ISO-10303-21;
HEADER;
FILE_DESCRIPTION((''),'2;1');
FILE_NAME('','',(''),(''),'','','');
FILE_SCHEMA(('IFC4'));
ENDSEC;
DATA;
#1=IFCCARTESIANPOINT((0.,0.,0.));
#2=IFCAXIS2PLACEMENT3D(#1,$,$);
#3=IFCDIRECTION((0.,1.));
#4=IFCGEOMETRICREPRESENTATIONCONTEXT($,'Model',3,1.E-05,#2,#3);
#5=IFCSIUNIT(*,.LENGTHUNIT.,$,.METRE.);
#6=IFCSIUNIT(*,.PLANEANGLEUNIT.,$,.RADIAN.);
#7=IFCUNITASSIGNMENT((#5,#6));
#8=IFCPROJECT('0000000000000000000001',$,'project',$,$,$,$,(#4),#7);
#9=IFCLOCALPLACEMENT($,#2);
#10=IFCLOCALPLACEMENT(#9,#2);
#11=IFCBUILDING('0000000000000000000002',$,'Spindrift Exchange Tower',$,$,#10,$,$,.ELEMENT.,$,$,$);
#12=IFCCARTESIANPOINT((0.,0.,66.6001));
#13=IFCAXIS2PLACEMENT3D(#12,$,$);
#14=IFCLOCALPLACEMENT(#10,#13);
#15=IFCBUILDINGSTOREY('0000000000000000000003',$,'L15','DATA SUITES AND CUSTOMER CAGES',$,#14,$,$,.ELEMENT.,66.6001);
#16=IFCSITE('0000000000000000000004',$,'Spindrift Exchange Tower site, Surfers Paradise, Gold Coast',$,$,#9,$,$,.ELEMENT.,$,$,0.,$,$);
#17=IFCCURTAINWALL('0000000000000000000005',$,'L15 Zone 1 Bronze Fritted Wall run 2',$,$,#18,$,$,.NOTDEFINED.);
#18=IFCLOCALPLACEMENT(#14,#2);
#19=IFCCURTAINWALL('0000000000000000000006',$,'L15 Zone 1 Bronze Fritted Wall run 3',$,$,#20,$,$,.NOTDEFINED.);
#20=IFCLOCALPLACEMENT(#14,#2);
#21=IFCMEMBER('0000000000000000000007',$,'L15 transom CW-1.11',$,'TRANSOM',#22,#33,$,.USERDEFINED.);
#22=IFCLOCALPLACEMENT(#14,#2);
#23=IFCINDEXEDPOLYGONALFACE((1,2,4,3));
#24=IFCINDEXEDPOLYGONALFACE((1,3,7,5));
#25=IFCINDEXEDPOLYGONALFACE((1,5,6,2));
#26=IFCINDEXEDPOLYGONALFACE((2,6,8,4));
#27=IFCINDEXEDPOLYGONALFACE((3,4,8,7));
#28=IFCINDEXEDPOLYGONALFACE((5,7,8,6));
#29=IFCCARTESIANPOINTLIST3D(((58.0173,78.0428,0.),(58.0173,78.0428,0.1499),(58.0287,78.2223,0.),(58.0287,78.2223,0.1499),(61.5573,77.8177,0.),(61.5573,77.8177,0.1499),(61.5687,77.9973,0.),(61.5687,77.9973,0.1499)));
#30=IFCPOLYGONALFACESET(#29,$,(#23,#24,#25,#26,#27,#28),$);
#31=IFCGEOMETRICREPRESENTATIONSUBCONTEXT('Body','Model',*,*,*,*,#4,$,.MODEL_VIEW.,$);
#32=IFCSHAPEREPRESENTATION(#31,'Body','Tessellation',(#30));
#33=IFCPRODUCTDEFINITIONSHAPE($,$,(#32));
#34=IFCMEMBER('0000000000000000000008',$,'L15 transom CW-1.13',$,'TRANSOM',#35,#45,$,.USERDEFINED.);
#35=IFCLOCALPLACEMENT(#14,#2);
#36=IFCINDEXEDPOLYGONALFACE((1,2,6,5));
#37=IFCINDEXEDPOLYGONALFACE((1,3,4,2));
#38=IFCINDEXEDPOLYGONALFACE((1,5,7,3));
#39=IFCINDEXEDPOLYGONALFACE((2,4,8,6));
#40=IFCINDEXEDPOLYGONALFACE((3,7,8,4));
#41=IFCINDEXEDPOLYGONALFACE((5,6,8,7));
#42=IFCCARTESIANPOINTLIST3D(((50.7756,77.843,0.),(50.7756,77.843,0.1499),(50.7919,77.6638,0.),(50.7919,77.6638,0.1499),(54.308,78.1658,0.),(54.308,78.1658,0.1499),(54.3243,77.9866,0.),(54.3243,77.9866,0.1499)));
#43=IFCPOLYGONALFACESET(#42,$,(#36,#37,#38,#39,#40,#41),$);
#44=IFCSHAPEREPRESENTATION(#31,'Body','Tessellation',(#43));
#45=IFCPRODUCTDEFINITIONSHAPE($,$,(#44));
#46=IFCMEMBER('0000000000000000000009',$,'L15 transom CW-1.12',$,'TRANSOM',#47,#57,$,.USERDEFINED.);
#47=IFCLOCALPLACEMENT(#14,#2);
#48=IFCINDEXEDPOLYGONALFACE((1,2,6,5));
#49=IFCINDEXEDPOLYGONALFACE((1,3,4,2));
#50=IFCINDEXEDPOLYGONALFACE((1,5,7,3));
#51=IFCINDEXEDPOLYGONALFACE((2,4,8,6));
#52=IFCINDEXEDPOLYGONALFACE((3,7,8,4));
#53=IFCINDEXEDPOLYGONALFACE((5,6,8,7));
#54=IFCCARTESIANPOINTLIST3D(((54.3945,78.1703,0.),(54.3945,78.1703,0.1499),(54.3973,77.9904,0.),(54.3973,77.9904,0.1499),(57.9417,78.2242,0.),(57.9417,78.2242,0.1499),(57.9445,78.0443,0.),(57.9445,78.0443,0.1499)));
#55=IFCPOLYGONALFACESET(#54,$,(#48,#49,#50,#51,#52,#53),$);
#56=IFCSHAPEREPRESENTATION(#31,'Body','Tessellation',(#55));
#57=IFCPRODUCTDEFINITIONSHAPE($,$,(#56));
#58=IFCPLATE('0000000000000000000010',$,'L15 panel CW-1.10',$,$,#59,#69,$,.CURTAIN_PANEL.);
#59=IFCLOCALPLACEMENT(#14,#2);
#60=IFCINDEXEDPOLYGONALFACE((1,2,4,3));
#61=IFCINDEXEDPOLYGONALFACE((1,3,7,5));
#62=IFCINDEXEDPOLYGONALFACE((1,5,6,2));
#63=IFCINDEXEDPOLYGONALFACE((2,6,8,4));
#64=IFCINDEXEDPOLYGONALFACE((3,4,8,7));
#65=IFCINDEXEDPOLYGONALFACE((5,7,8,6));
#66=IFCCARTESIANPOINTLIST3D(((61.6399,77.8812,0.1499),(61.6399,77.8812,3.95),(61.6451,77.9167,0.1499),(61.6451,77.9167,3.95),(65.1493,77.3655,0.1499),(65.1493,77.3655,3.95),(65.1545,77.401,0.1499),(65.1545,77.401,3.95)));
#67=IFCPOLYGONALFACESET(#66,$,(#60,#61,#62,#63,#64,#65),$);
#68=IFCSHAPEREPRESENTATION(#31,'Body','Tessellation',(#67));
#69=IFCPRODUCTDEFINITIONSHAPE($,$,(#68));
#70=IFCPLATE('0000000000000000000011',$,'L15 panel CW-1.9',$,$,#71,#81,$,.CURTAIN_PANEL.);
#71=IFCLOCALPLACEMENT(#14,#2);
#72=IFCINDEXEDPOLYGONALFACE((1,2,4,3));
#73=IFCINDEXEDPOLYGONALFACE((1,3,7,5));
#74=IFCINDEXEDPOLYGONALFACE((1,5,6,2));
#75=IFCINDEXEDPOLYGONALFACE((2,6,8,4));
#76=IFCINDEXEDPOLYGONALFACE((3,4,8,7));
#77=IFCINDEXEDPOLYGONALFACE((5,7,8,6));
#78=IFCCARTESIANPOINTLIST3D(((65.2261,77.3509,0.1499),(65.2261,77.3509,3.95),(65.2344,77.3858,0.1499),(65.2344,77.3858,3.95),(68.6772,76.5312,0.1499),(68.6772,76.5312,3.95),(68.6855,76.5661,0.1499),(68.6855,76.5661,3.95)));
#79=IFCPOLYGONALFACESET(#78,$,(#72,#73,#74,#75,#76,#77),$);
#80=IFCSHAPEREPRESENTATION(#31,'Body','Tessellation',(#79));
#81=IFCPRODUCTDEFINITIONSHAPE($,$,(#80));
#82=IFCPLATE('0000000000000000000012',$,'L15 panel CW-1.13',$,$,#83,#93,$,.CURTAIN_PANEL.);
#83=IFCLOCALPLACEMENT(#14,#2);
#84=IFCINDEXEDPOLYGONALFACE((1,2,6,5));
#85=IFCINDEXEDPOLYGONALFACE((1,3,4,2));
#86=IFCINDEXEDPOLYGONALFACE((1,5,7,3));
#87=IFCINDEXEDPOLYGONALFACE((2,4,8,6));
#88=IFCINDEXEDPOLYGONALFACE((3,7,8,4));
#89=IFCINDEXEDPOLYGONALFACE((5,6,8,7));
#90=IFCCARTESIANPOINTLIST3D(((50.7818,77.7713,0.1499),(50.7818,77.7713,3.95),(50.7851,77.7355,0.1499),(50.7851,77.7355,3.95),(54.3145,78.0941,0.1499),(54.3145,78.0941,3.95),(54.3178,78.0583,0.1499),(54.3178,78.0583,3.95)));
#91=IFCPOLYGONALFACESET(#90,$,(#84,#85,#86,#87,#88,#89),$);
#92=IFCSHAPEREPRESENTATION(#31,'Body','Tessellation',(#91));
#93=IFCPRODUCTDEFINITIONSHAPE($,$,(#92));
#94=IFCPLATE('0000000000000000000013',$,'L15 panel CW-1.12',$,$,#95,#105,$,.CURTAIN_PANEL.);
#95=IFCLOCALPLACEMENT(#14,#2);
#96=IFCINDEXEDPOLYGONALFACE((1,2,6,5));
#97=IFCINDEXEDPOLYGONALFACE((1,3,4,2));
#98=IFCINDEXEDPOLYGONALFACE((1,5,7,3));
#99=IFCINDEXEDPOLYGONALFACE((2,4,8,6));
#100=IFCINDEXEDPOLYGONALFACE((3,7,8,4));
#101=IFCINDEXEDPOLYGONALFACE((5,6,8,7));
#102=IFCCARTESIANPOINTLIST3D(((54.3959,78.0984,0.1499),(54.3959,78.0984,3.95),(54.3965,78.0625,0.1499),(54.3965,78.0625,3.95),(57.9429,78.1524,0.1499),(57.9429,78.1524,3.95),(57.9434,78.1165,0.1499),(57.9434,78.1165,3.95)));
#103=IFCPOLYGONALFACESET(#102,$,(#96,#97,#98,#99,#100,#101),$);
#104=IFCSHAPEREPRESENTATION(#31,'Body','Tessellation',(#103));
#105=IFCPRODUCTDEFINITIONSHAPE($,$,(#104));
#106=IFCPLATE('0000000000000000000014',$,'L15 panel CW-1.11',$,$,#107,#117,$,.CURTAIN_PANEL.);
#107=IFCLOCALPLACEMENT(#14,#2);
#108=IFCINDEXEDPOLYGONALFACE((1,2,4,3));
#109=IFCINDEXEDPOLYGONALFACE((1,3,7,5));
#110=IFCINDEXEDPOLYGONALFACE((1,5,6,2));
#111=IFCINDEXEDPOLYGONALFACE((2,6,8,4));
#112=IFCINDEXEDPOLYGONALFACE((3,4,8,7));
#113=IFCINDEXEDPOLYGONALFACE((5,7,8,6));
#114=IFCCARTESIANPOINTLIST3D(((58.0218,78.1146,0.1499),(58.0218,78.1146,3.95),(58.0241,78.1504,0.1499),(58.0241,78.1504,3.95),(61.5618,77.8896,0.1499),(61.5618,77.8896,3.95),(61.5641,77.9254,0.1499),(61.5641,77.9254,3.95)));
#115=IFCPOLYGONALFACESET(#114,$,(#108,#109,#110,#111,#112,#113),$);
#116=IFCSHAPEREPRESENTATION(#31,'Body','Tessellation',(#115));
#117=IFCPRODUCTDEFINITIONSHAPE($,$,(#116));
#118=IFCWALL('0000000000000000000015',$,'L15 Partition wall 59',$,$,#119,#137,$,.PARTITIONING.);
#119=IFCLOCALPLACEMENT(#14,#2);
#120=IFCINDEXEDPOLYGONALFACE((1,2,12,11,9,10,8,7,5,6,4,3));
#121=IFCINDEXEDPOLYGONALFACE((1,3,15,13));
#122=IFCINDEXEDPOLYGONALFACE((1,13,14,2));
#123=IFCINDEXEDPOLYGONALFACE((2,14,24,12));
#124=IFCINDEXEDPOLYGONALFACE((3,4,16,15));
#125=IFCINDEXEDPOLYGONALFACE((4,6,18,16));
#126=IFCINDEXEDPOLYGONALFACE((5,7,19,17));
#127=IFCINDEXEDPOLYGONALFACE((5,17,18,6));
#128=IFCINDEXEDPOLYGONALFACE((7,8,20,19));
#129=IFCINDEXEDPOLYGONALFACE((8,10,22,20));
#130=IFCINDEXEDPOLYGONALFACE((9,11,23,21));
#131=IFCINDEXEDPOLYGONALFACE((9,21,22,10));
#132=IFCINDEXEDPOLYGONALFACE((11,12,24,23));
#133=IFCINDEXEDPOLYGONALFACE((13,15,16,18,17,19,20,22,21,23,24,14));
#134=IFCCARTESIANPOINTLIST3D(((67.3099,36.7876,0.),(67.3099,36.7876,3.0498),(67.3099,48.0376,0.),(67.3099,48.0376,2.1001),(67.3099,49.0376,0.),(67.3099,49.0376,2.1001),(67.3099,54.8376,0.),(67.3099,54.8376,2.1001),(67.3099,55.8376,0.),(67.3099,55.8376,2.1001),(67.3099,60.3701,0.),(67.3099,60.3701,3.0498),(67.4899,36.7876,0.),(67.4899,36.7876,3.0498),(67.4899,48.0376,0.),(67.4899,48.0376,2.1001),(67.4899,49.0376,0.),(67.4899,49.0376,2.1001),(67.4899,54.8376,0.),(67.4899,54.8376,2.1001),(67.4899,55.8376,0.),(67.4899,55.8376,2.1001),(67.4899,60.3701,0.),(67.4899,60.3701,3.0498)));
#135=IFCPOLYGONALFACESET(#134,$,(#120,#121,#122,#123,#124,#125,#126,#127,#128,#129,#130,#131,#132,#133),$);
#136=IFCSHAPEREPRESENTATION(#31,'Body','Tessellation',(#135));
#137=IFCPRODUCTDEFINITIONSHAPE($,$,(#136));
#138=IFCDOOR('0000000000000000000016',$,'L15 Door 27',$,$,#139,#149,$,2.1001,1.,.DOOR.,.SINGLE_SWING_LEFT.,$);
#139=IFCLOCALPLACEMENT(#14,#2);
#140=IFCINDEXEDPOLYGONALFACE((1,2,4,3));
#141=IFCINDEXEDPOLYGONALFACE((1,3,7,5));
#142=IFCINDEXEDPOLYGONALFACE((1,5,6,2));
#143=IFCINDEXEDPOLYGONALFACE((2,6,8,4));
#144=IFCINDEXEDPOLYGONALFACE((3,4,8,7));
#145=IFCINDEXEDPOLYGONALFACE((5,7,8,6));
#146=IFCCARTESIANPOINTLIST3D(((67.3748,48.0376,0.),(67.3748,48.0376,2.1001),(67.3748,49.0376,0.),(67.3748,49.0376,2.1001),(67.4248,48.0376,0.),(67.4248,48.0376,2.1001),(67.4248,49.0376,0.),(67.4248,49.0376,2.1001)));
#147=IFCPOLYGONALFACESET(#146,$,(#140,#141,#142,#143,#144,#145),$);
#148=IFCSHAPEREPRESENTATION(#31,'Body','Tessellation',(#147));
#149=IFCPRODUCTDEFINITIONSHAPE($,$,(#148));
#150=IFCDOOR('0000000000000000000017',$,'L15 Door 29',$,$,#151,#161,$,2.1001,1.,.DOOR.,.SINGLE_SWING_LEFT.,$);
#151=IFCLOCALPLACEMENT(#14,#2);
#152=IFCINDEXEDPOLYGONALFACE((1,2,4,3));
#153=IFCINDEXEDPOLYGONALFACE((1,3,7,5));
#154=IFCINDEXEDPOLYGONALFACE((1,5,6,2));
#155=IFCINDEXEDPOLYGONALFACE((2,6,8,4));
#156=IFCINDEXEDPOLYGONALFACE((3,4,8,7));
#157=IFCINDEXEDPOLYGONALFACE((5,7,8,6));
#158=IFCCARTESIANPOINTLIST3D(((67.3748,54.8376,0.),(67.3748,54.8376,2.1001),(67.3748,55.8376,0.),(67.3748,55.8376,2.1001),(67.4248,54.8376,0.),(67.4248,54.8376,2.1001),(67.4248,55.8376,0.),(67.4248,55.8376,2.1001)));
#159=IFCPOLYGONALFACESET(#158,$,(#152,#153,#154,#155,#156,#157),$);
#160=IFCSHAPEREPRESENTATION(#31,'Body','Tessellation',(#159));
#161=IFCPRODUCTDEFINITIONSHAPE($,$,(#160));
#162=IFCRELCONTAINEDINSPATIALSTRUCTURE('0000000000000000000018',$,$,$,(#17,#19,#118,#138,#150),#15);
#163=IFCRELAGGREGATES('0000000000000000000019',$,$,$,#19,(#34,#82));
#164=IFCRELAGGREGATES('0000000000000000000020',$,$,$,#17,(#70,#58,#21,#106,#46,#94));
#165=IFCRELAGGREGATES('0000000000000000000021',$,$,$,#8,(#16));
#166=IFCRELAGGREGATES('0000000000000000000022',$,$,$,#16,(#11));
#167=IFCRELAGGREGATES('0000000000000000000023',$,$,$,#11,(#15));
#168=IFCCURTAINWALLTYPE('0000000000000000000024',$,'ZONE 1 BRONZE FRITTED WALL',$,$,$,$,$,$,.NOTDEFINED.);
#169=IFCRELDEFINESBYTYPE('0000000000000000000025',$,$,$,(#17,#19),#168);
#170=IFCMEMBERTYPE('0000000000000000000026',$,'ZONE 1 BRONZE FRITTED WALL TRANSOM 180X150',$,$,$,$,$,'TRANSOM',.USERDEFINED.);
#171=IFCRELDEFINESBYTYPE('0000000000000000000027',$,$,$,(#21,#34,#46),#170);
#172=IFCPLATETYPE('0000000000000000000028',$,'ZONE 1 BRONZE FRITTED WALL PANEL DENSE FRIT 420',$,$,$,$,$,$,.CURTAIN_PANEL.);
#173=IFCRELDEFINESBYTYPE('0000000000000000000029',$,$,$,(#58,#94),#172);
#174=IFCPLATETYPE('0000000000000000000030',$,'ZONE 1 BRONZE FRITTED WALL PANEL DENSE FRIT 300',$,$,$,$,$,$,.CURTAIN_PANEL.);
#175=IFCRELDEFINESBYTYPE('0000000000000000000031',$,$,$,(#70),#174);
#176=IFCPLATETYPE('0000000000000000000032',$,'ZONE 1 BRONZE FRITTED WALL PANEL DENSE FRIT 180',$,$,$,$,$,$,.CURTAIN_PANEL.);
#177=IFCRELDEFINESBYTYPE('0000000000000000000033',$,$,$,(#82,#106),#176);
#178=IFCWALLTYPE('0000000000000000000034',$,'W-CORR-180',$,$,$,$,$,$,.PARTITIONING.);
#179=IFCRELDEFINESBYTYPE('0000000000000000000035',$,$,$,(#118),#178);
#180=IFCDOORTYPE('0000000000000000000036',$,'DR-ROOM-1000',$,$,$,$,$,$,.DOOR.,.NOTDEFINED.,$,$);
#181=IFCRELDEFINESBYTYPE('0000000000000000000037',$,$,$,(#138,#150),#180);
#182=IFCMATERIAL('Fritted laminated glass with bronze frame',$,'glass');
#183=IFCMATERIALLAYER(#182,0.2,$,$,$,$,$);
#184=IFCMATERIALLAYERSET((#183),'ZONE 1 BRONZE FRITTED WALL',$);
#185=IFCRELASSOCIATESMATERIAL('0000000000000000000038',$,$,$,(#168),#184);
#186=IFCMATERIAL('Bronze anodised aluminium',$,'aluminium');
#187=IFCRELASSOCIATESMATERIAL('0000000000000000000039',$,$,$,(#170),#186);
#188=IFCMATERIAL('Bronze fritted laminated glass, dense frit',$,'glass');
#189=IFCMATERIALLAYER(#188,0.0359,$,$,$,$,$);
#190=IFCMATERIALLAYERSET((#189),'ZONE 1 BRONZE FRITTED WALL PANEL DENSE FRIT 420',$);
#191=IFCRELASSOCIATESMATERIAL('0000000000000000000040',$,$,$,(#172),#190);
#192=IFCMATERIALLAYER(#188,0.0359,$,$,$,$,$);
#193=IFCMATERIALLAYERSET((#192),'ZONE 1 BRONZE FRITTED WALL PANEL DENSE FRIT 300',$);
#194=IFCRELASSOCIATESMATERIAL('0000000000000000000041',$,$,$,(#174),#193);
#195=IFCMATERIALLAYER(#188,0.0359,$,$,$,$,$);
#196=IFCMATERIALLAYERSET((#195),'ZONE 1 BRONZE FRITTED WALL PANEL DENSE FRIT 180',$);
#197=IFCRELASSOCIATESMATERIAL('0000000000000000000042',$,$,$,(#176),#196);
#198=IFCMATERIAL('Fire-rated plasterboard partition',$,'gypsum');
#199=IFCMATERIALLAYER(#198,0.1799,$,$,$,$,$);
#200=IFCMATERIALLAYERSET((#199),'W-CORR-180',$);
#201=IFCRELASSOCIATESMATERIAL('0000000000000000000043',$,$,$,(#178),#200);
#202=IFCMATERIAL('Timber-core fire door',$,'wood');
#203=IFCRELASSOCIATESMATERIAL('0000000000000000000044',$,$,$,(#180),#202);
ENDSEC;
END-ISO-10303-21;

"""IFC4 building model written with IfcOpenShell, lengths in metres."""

from ifc_helpers import new_model, si_unit, direction, frame, frame_2d, origin, origin_2d, place, context, subcontext, project, spatial, rectangle, extrude, source, transform, mapped, material, layer, layer_set, material_profile, profile_set, type_object, element, fill, aggregate, save


model = new_model("IFC4")

# Units and contexts
model_context = context("Model", 3, precision=1e-05, world=origin(), true_north=direction((0.0, 1.0)))
body_context = subcontext(model_context, "Body", "Model", "MODEL_VIEW")
ifc_project = project(units=[si_unit("LENGTHUNIT", "METRE"), si_unit("PLANEANGLEUNIT", "RADIAN")], contexts=[model_context])

# Site, building, storey
site_placement = place(None, origin())
site = spatial("IfcSite", under=ifc_project, at=site_placement, Name="Spindrift Exchange Tower site, Surfers Paradise, Gold Coast", CompositionType="ELEMENT", RefElevation=0.0)
building_placement = place(site_placement, origin())
building = spatial("IfcBuilding", under=site, at=building_placement, Name="Spindrift Exchange Tower", CompositionType="ELEMENT")
storey_placement = place(building_placement, frame((0.0, 0.0, 66.6001)))
storey = spatial("IfcBuildingStorey", under=building, at=storey_placement, Name="L15", Description="DATA SUITES AND CUSTOMER CAGES", CompositionType="ELEMENT", Elevation=66.6001)

# Curtain walls
ifc_material_1 = material(Name="Fritted laminated glass with bronze frame", Category="glass")
ifc_layer_1 = layer(ifc_material_1, 0.2)
ifc_layer_set_1 = layer_set([ifc_layer_1], Name="ZONE 1 BRONZE FRITTED WALL")
curtain_wall_type = type_object("IfcCurtainWallType", Name="ZONE 1 BRONZE FRITTED WALL", PredefinedType="NOTDEFINED", material=ifc_layer_set_1)
curtain_wall_1_placement = place(storey_placement, origin())
curtain_wall_1 = element("IfcCurtainWall", 1, at=curtain_wall_1_placement, inside=storey, type_object=curtain_wall_type, Name="L15 Zone 1 Bronze Fritted Wall run 2", PredefinedType="NOTDEFINED")
ifc_material_2 = material(Name="Bronze anodised aluminium", Category="aluminium")
curtain_wall_2_placement = place(storey_placement, origin())
curtain_wall_2 = element("IfcCurtainWall", 2, at=curtain_wall_2_placement, inside=storey, type_object=curtain_wall_type, Name="L15 Zone 1 Bronze Fritted Wall run 3", PredefinedType="NOTDEFINED")

# Members
ifc_material_profile_1 = material_profile(ifc_material_2, rectangle(XDim=0.1799, YDim=0.1499, at=origin_2d()), Name="ZONE 1 BRONZE FRITTED WALL TRANSOM 180X150")
ifc_profile_set_1 = profile_set([ifc_material_profile_1], Name="Bronze anodised aluminium")
member_type_1 = type_object("IfcMemberType", Name="ZONE 1 BRONZE FRITTED WALL TRANSOM 180X150", ElementType="TRANSOM", PredefinedType="USERDEFINED", material=ifc_profile_set_1)
shared_shape_1 = source(origin(), body_context, "Body", "SweptSolid", [
    extrude(rectangle(XDim=0.1799, YDim=0.1499, at=origin_2d()), origin(), (0.0, 0.0, 1.0), 3.5471),
])
member_1_placement = place(storey_placement, frame((61.563, 77.9075, 0.075), z_axis=(-0.997985, 0.063458, 0.0), x_axis=(-0.063458, -0.997985, 0.0)))
member_1 = element("IfcMember", 3, at=member_1_placement, type_object=member_type_1, Name="L15 transom CW-1.11", ObjectType="TRANSOM", PredefinedType="USERDEFINED", context=body_context, shape_type="MappedRepresentation", body=[
    mapped(shared_shape_1, transform((0.0, 0.0, 0.0), scale=1.0)),
])
member_2_placement = place(storey_placement, frame((54.3162, 78.0762, 0.075), z_axis=(-0.995852, -0.090989, 0.0), x_axis=(0.090989, -0.995852, 0.0)))
member_2 = element("IfcMember", 4, at=member_2_placement, type_object=member_type_1, Name="L15 transom CW-1.13", ObjectType="TRANSOM", PredefinedType="USERDEFINED", context=body_context, shape_type="MappedRepresentation", body=[
    mapped(shared_shape_1, transform((0.0, 0.0, 0.0), scale=1.0)),
])
shared_shape_2 = source(origin(), body_context, "Body", "SweptSolid", [
    extrude(rectangle(XDim=0.1799, YDim=0.1499, at=origin_2d()), origin(), (0.0, 0.0, 1.0), 3.5476),
])
member_3_placement = place(storey_placement, frame((57.9431, 78.1343, 0.075), z_axis=(-0.999884, -0.015209, 0.0), x_axis=(0.015209, -0.999884, 0.0)))
member_3 = element("IfcMember", 5, at=member_3_placement, type_object=member_type_1, Name="L15 transom CW-1.12", ObjectType="TRANSOM", PredefinedType="USERDEFINED", context=body_context, shape_type="MappedRepresentation", body=[
    mapped(shared_shape_2, transform((0.0, 0.0, 0.0), scale=1.0)),
])

# Plates
ifc_material_3 = material(Name="Bronze fritted laminated glass, dense frit", Category="glass")
ifc_layer_2 = layer(ifc_material_3, 0.0359)
ifc_layer_set_2 = layer_set([ifc_layer_2], Name="ZONE 1 BRONZE FRITTED WALL PANEL DENSE FRIT 420")
plate_type_1 = type_object("IfcPlateType", Name="ZONE 1 BRONZE FRITTED WALL PANEL DENSE FRIT 420", PredefinedType="CURTAIN_PANEL", material=ifc_layer_set_2)
shared_shape_3 = source(origin(), body_context, "Body", "SweptSolid", [
    extrude(rectangle(XDim=3.5471, YDim=0.0359, at=origin_2d()), origin(), (0.0, 0.0, 1.0), 3.8),
])
plate_1_placement = place(storey_placement, frame((63.3972, 77.6411, 0.1499), z_axis=(0.0, 0.0, 1.0), x_axis=(-0.989376, 0.145377, 0.0)))
plate_1 = element("IfcPlate", 6, at=plate_1_placement, type_object=plate_type_1, Name="L15 panel CW-1.10", PredefinedType="CURTAIN_PANEL", context=body_context, shape_type="MappedRepresentation", body=[
    mapped(shared_shape_3, transform((0.0, 0.0, 0.0), scale=1.0)),
])
ifc_layer_3 = layer(ifc_material_3, 0.0359)
ifc_layer_set_3 = layer_set([ifc_layer_3], Name="ZONE 1 BRONZE FRITTED WALL PANEL DENSE FRIT 300")
plate_type_2 = type_object("IfcPlateType", Name="ZONE 1 BRONZE FRITTED WALL PANEL DENSE FRIT 300", PredefinedType="CURTAIN_PANEL", material=ifc_layer_set_3)
shared_shape_4 = source(origin(), body_context, "Body", "SweptSolid", [
    extrude(rectangle(XDim=3.5471, YDim=0.0359, at=origin_2d()), origin(), (0.0, 0.0, 1.0), 3.8),
])
plate_2_placement = place(storey_placement, frame((66.9558, 76.9585, 0.1499), z_axis=(0.0, 0.0, 1.0), x_axis=(-0.97293, 0.231101, 0.0)))
plate_2 = element("IfcPlate", 7, at=plate_2_placement, type_object=plate_type_2, Name="L15 panel CW-1.9", PredefinedType="CURTAIN_PANEL", context=body_context, shape_type="MappedRepresentation", body=[
    mapped(shared_shape_4, transform((0.0, 0.0, 0.0), scale=1.0)),
])
ifc_layer_4 = layer(ifc_material_3, 0.0359)
ifc_layer_set_4 = layer_set([ifc_layer_4], Name="ZONE 1 BRONZE FRITTED WALL PANEL DENSE FRIT 180")
plate_type_3 = type_object("IfcPlateType", Name="ZONE 1 BRONZE FRITTED WALL PANEL DENSE FRIT 180", PredefinedType="CURTAIN_PANEL", material=ifc_layer_set_4)
shared_shape_5 = source(origin(), body_context, "Body", "SweptSolid", [
    extrude(rectangle(XDim=3.5474, YDim=0.0359, at=origin_2d()), origin(), (0.0, 0.0, 1.0), 3.8),
])
plate_3_placement = place(storey_placement, frame((52.5498, 77.9148, 0.1499), z_axis=(0.0, 0.0, 1.0), x_axis=(-0.995851, -0.091003, 0.0)))
plate_3 = element("IfcPlate", 8, at=plate_3_placement, type_object=plate_type_3, Name="L15 panel CW-1.13", PredefinedType="CURTAIN_PANEL", context=body_context, shape_type="MappedRepresentation", body=[
    mapped(shared_shape_5, transform((0.0, 0.0, 0.0), scale=1.0)),
])
aggregate(curtain_wall_2, [member_2, plate_3])
shared_shape_6 = source(origin(), body_context, "Body", "SweptSolid", [
    extrude(rectangle(XDim=3.5474, YDim=0.0359, at=origin_2d()), origin(), (0.0, 0.0, 1.0), 3.8),
])
plate_4_placement = place(storey_placement, frame((56.1697, 78.1074, 0.1499), z_axis=(0.0, 0.0, 1.0), x_axis=(-0.999884, -0.015219, 0.0)))
plate_4 = element("IfcPlate", 9, at=plate_4_placement, type_object=plate_type_1, Name="L15 panel CW-1.12", PredefinedType="CURTAIN_PANEL", context=body_context, shape_type="MappedRepresentation", body=[
    mapped(shared_shape_6, transform((0.0, 0.0, 0.0), scale=1.0)),
])
shared_shape_7 = source(origin(), body_context, "Body", "SweptSolid", [
    extrude(rectangle(XDim=3.5471, YDim=0.0359, at=origin_2d()), origin(), (0.0, 0.0, 1.0), 3.8),
])
plate_5_placement = place(storey_placement, frame((59.793, 78.02, 0.1499), z_axis=(0.0, 0.0, 1.0), x_axis=(-0.997986, 0.063437, 0.0)))
plate_5 = element("IfcPlate", 10, at=plate_5_placement, type_object=plate_type_3, Name="L15 panel CW-1.11", PredefinedType="CURTAIN_PANEL", context=body_context, shape_type="MappedRepresentation", body=[
    mapped(shared_shape_7, transform((0.0, 0.0, 0.0), scale=1.0)),
])
aggregate(curtain_wall_1, [plate_2, plate_1, member_1, plate_5, member_3, plate_4])

# Wall, openings, doors
ifc_material_4 = material(Name="Fire-rated plasterboard partition", Category="gypsum")
ifc_layer_5 = layer(ifc_material_4, 0.1799)
ifc_layer_set_5 = layer_set([ifc_layer_5], Name="W-CORR-180")
wall_type_1 = type_object("IfcWallType", Name="W-CORR-180", PredefinedType="PARTITIONING", material=ifc_layer_set_5)
wall_1_placement = place(storey_placement, frame((67.3999, 60.3701, 0.0), z_axis=(0.0, 0.0, 1.0), x_axis=(0.0, -1.0, 0.0)))
wall_1 = element("IfcWall", 11, at=wall_1_placement, inside=storey, type_object=wall_type_1, Name="L15 Partition wall 59", PredefinedType="PARTITIONING", context=body_context, shape_type="SweptSolid", body=[
    extrude(rectangle(XDim=23.5825, YDim=0.1799, at=frame_2d((11.7913, 0.0))), origin(), (0.0, 0.0, 1.0), 3.0498),
])
opening_1_placement = place(wall_1_placement, frame((11.3325, 0.0, 0.0)))
opening_1 = element("IfcOpeningElement", 12, at=opening_1_placement, cuts=wall_1, PredefinedType="OPENING", context=body_context, shape_type="SweptSolid", body=[
    extrude(rectangle(XDim=1.0, YDim=2.1001, at=frame_2d((0.5, 1.05))), frame((0.0, 0.0999, 0.0), z_axis=(0.0, -1.0, 0.0), x_axis=(1.0, 0.0, 0.0)), (0.0, 0.0, 1.0), 0.2),
])
opening_2_placement = place(wall_1_placement, frame((4.5325, 0.0, 0.0)))
opening_2 = element("IfcOpeningElement", 13, at=opening_2_placement, cuts=wall_1, PredefinedType="OPENING", context=body_context, shape_type="SweptSolid", body=[
    extrude(rectangle(XDim=1.0, YDim=2.1001, at=frame_2d((0.5, 1.05))), frame((0.0, 0.0999, 0.0), z_axis=(0.0, -1.0, 0.0), x_axis=(1.0, 0.0, 0.0)), (0.0, 0.0, 1.0), 0.2),
])
ifc_material_5 = material(Name="Timber-core fire door", Category="wood")
door_type = type_object("IfcDoorType", Name="DR-ROOM-1000", OperationType="NOTDEFINED", PredefinedType="DOOR", material=ifc_material_5)
shared_shape_8 = source(origin(), body_context, "Body", "SweptSolid", [
    extrude(rectangle(XDim=1.0, YDim=2.1001, at=frame_2d((0.5, 1.05))), frame((0.0, 0.0249, 0.0), z_axis=(0.0, -1.0, 0.0), x_axis=(1.0, 0.0, 0.0)), (0.0, 0.0, 1.0), 0.05),
])
door_1_placement = place(opening_1_placement, origin())
door_1 = element("IfcDoor", 14, at=door_1_placement, inside=storey, type_object=door_type, Name="L15 Door 27", OperationType="SINGLE_SWING_LEFT", OverallHeight=2.1001, OverallWidth=1.0, PredefinedType="DOOR", context=body_context, shape_type="MappedRepresentation", body=[
    mapped(shared_shape_8, transform((0.0, 0.0, 0.0), scale=1.0)),
])
fill(opening_1, door_1)
door_2_placement = place(opening_2_placement, origin())
door_2 = element("IfcDoor", 15, at=door_2_placement, inside=storey, type_object=door_type, Name="L15 Door 29", OperationType="SINGLE_SWING_LEFT", OverallHeight=2.1001, OverallWidth=1.0, PredefinedType="DOOR", context=body_context, shape_type="MappedRepresentation", body=[
    mapped(shared_shape_8, transform((0.0, 0.0, 0.0), scale=1.0)),
])
fill(opening_2, door_2)

save(model, "model.ifc")
